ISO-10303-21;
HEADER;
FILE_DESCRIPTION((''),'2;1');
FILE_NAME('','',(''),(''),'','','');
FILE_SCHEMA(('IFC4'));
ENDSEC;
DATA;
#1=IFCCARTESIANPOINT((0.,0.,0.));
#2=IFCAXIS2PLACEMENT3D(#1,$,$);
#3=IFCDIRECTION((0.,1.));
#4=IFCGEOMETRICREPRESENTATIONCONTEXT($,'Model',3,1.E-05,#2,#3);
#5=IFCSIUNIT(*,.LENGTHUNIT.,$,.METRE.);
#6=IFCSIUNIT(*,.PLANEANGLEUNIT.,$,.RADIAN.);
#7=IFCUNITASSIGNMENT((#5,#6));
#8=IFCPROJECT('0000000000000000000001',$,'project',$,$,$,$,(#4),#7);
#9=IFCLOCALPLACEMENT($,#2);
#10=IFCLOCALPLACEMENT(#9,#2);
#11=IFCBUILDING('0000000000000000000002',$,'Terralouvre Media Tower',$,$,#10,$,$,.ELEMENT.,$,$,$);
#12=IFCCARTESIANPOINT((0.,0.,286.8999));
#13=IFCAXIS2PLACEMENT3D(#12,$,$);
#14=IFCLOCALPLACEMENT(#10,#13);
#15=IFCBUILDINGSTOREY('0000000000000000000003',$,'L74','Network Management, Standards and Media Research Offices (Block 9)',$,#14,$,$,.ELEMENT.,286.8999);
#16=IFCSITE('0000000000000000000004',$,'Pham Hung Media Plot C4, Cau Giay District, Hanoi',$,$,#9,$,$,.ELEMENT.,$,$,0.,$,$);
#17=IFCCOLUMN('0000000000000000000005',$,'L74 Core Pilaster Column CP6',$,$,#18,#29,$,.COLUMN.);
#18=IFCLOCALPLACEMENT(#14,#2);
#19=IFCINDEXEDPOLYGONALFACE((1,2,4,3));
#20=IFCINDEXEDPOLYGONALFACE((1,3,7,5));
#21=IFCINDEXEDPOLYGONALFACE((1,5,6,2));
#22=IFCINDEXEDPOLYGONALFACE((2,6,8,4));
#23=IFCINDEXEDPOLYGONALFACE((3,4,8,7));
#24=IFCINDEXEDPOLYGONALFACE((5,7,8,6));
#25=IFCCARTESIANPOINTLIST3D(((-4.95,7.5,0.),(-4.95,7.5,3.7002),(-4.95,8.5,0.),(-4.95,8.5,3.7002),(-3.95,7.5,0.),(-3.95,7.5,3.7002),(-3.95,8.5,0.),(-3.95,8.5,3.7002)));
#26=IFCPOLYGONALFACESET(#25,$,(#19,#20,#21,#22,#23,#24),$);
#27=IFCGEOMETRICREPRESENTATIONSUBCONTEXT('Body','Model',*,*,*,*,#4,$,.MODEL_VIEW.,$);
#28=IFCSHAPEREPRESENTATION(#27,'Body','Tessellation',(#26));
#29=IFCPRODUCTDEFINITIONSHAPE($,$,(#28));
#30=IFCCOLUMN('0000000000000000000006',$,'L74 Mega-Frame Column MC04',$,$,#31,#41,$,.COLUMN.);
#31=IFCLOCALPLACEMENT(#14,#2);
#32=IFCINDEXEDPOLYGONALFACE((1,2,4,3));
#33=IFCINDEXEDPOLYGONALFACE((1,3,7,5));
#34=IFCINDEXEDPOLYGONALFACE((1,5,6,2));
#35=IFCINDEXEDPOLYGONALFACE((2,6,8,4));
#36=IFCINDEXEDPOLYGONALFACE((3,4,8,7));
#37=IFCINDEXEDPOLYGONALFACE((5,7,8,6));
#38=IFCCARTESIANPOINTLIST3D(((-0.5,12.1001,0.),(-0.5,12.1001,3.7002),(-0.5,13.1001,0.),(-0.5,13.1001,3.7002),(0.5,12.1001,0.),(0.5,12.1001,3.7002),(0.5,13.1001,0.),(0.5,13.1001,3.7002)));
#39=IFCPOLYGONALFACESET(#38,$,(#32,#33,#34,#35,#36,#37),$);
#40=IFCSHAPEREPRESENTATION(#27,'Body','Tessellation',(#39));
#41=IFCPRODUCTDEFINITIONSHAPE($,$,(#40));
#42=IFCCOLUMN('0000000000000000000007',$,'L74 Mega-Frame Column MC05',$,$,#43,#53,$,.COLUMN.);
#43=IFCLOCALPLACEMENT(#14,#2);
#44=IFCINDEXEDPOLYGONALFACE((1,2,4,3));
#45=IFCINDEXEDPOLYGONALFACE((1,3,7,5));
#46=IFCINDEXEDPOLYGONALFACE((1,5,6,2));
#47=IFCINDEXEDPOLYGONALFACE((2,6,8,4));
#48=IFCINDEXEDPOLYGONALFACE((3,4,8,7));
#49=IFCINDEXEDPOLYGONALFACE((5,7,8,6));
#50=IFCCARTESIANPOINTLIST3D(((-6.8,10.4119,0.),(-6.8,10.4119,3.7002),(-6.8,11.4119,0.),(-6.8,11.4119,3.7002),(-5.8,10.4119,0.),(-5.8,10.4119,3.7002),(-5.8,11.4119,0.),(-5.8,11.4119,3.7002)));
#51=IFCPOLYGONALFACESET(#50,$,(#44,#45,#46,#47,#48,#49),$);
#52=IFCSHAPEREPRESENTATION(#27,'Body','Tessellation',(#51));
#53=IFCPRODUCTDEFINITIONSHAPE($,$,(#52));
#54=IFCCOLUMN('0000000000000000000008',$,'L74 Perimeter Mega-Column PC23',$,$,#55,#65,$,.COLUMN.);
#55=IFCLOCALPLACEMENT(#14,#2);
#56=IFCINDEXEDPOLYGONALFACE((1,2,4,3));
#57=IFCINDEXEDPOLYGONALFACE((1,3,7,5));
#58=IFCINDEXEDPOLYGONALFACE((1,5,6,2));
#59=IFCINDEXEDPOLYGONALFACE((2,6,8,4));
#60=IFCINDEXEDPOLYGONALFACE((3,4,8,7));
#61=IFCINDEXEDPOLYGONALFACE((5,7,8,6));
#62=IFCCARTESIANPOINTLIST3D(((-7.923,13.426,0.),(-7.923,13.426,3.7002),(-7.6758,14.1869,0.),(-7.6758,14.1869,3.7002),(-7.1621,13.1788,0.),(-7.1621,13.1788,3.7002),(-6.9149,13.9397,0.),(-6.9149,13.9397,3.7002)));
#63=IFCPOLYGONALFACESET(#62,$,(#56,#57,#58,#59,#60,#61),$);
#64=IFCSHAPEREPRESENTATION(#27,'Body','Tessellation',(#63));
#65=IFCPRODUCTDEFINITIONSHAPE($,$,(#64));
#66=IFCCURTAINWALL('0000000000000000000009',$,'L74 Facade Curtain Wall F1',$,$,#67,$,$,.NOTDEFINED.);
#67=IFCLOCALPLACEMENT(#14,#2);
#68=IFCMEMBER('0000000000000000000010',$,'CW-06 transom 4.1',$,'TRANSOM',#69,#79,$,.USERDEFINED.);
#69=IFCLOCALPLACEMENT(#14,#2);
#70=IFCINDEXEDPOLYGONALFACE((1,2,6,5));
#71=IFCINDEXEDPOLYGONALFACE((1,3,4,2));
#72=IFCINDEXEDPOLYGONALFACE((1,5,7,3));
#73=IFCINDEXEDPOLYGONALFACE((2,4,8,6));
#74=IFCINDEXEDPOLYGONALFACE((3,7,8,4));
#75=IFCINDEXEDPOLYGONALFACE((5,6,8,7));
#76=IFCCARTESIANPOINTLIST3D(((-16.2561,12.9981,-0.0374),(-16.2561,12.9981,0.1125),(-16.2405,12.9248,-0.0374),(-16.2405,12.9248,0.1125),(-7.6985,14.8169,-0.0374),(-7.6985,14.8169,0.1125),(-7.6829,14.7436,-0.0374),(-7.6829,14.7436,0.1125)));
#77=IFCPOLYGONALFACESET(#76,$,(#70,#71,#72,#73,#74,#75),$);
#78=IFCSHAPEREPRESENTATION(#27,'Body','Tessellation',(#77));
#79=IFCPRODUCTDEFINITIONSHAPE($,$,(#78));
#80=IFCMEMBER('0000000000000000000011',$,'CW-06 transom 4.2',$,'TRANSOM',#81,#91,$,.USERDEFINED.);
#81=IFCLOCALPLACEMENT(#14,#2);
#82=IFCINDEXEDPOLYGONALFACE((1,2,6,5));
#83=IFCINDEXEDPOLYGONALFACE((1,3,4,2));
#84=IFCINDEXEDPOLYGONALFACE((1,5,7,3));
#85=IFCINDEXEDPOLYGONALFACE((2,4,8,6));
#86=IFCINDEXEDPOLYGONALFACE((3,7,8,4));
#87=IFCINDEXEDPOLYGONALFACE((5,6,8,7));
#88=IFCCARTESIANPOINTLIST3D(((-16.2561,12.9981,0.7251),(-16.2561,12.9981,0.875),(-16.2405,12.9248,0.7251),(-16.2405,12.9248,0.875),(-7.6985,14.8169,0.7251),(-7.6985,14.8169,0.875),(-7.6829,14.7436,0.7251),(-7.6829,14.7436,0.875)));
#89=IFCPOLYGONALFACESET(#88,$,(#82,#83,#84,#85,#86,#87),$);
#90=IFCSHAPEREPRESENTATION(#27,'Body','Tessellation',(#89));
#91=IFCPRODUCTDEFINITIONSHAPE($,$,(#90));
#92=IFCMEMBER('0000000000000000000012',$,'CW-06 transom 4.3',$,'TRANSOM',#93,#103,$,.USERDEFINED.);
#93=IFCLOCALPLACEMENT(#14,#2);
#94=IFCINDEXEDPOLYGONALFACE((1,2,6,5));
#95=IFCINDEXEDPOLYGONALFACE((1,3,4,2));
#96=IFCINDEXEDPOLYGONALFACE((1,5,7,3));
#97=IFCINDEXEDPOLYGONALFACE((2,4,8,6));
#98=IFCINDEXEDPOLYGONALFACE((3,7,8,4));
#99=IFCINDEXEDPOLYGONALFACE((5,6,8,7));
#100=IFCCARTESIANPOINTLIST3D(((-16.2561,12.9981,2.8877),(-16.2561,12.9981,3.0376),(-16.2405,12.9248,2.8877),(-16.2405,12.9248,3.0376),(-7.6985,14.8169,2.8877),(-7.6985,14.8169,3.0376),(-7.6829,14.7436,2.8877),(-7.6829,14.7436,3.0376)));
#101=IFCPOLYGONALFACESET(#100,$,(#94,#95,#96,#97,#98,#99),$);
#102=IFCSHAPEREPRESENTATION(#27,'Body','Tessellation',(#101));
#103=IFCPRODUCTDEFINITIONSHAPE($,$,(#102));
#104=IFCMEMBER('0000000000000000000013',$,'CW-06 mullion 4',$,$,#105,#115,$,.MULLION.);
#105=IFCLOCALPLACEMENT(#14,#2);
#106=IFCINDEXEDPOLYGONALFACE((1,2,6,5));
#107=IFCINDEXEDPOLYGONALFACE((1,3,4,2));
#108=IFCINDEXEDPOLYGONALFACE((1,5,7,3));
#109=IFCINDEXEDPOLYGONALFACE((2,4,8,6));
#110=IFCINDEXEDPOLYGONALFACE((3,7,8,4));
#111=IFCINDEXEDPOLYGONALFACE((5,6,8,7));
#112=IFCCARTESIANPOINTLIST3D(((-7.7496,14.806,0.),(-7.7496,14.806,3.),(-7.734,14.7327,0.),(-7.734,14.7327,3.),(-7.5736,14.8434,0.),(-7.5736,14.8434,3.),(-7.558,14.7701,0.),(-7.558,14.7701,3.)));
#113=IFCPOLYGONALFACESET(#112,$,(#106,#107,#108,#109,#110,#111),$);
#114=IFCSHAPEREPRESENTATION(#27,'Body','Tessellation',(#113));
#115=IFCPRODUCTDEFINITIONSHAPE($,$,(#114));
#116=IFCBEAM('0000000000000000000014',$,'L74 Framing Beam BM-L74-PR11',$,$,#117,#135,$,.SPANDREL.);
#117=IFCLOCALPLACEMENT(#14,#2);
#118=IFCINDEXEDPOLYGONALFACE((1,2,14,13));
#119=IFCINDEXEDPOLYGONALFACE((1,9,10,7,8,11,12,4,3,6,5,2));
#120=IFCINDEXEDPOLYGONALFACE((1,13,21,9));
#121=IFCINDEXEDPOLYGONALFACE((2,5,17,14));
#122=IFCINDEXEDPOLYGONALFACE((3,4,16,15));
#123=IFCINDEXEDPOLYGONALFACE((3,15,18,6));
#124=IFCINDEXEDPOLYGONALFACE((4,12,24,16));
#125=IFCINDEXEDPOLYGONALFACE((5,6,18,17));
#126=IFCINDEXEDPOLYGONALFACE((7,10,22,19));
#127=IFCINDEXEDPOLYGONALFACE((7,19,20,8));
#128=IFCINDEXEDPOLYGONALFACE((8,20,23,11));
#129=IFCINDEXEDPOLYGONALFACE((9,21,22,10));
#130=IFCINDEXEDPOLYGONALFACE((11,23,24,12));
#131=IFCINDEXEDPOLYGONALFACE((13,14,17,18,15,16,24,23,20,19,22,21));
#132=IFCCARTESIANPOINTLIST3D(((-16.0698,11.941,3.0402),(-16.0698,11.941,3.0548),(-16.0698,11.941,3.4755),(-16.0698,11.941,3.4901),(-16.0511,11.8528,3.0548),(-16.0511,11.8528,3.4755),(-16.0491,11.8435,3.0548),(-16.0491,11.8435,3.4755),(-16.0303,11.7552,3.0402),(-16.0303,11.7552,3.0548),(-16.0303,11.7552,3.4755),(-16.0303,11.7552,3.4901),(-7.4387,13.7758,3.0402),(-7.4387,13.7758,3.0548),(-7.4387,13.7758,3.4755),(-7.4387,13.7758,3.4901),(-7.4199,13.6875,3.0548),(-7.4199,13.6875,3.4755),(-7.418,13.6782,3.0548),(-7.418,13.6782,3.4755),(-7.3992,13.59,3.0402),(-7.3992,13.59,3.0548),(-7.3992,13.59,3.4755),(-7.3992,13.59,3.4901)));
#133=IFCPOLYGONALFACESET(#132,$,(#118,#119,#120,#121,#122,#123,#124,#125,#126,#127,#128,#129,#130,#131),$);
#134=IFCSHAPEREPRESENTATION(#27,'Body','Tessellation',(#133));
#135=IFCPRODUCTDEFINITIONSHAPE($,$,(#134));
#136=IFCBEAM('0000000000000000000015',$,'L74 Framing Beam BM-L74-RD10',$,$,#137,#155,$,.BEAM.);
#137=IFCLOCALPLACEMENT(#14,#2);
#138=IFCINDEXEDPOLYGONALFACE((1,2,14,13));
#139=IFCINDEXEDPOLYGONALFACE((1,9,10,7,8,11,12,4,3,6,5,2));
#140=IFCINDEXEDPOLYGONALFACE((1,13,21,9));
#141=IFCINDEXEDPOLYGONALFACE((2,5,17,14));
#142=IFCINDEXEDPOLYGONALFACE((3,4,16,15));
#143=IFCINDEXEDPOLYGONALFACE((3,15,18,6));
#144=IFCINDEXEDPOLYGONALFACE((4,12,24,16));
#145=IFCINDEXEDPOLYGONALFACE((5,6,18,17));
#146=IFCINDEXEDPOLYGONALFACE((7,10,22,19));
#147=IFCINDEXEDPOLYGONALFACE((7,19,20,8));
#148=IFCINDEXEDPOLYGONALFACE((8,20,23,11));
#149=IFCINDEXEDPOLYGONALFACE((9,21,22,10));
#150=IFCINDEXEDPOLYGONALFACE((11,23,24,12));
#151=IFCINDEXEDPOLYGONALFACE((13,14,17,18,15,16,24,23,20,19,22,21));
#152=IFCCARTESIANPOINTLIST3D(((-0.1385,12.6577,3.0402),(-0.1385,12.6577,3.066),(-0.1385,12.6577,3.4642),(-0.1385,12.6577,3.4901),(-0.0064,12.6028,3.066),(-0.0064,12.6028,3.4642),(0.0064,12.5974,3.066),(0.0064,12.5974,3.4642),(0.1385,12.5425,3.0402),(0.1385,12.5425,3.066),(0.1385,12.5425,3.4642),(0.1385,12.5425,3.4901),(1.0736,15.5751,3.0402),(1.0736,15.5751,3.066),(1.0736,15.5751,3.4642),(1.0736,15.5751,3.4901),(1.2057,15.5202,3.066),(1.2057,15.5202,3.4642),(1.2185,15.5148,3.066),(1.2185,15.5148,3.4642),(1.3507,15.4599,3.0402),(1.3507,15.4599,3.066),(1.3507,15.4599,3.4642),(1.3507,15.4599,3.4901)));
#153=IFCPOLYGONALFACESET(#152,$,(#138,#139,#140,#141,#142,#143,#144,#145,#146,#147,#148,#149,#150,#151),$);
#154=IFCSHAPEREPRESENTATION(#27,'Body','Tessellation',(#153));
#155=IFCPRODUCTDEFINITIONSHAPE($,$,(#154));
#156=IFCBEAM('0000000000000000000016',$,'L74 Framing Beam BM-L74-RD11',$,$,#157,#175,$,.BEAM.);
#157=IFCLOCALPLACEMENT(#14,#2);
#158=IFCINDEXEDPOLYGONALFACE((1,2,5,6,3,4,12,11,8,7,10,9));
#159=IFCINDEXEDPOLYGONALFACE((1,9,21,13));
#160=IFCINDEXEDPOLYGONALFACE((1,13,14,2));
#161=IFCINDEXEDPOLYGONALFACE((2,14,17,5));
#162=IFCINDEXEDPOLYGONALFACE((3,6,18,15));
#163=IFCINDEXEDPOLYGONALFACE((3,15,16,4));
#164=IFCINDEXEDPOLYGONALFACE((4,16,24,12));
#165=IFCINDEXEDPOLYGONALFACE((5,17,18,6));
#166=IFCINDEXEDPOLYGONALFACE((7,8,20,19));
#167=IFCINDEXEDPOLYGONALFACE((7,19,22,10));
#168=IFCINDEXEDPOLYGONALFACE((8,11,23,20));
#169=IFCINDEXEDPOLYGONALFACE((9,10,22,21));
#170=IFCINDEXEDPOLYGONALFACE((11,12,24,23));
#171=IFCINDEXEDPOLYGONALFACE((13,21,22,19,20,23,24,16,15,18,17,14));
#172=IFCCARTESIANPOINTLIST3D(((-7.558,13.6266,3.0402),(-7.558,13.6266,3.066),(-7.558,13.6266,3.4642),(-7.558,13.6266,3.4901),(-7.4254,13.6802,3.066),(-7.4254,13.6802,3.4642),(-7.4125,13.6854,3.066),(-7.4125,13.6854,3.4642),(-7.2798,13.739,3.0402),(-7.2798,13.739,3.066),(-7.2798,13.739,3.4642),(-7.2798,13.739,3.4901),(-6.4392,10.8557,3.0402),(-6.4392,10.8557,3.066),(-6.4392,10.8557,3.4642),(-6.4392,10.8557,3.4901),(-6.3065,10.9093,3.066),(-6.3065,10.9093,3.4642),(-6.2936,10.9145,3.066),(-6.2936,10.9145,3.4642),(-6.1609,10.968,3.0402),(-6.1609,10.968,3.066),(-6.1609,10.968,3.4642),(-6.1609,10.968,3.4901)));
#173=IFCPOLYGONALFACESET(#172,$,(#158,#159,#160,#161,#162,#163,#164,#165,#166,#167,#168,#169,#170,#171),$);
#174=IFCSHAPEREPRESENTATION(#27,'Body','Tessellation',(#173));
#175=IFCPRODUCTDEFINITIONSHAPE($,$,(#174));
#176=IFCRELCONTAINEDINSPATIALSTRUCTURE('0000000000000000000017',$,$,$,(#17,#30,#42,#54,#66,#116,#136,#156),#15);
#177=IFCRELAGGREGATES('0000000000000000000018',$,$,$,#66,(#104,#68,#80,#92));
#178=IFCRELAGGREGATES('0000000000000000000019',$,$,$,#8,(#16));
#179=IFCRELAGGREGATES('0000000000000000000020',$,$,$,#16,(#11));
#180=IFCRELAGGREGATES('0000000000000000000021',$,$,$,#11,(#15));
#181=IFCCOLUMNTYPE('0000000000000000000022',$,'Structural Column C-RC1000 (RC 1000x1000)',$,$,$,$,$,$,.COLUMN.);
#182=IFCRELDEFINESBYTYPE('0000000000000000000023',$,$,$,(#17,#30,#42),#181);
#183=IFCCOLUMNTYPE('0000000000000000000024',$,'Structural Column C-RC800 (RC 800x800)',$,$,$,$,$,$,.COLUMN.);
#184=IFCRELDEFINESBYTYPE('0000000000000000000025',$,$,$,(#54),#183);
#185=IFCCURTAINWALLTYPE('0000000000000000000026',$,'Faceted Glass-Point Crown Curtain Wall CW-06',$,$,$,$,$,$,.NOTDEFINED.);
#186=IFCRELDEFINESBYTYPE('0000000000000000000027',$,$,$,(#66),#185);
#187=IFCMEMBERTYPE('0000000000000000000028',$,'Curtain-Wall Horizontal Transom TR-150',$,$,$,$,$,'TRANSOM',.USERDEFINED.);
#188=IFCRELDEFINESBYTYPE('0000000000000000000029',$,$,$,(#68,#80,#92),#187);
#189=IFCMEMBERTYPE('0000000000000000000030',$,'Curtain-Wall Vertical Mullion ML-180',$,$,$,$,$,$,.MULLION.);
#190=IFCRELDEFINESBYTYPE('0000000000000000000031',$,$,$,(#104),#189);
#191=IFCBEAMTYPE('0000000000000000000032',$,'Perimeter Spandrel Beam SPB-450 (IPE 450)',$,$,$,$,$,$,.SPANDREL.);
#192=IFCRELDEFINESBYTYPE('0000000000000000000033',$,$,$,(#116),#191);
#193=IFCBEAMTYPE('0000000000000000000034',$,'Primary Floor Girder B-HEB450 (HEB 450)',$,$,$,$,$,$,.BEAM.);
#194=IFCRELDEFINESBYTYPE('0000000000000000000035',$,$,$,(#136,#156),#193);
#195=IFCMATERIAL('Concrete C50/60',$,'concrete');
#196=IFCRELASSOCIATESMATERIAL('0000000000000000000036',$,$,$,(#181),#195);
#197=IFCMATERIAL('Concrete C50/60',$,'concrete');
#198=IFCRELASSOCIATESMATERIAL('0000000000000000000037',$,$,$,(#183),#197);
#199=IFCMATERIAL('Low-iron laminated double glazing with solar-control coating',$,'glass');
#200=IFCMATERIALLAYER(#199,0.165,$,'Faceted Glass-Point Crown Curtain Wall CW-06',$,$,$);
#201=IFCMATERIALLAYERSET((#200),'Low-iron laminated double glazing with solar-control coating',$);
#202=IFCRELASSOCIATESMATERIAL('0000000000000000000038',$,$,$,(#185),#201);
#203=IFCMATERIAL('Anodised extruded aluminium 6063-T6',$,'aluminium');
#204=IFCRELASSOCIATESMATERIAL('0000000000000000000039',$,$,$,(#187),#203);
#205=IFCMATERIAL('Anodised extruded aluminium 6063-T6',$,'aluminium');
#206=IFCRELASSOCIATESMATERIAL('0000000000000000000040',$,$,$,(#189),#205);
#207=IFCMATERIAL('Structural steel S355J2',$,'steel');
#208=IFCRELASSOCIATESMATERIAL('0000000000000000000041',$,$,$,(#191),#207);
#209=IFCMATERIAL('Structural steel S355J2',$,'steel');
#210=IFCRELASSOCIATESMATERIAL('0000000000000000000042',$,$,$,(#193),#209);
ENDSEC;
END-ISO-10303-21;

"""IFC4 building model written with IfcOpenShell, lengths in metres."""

from ifc_helpers import new_model, si_unit, direction, frame, origin, origin_2d, place, context, subcontext, project, spatial, rectangle, i_section, extrude, material, layer, layer_set, material_profile, profile_set, type_object, element, aggregate, save


model = new_model("IFC4")

# Units and contexts
model_context = context("Model", 3, precision=1e-05, world=origin(), true_north=direction((0.0, 1.0)))
body_context = subcontext(model_context, "Body", "Model", "MODEL_VIEW")
ifc_project = project(units=[si_unit("LENGTHUNIT", "METRE"), si_unit("PLANEANGLEUNIT", "RADIAN")], contexts=[model_context])

# Site, building, storey
site_placement = place(None, origin())
site = spatial("IfcSite", under=ifc_project, at=site_placement, Name="Pham Hung Media Plot C4, Cau Giay District, Hanoi", CompositionType="ELEMENT", RefElevation=0.0)
building_placement = place(site_placement, origin())
building = spatial("IfcBuilding", under=site, at=building_placement, Name="Terralouvre Media Tower", CompositionType="ELEMENT")
storey_placement = place(building_placement, frame((0.0, 0.0, 286.8999)))
storey = spatial("IfcBuildingStorey", under=building, at=storey_placement, Name="L74", Description="Network Management, Standards and Media Research Offices (Block 9)", CompositionType="ELEMENT", Elevation=286.8999)

# Columns
ifc_material_1 = material(Name="Concrete C50/60", Category="concrete")
ifc_material_profile_1 = material_profile(ifc_material_1, rectangle(XDim=1.0, YDim=1.0, at=origin_2d()), Name="RC 1000x1000")
ifc_profile_set_1 = profile_set([ifc_material_profile_1], Name="Concrete C50/60")
column_type_1 = type_object("IfcColumnType", Name="Structural Column C-RC1000 (RC 1000x1000)", PredefinedType="COLUMN", material=ifc_profile_set_1)
for number, where, z_axis, x_axis, name in (
    (1, (-4.45, 8.0, 0.0), (0.0, 0.0, 1.0), (1.0, 0.0, 0.0), "L74 Core Pilaster Column CP6"),
    (2, (0.0, 12.6001, 0.0), (0.0, 0.0, 1.0), (1.0, 0.0, 0.0), "L74 Mega-Frame Column MC04"),
    (3, (-6.3, 10.9119, 0.0), (0.0, 0.0, 1.0), (1.0, 0.0, 0.0), "L74 Mega-Frame Column MC05"),
):
    element("IfcColumn", number, at=place(storey_placement, frame(where, z_axis=z_axis, x_axis=x_axis)), inside=storey, type_object=column_type_1, Name=name, PredefinedType="COLUMN", context=body_context, shape_type="SweptSolid", body=[
        extrude(rectangle(XDim=1.0, YDim=1.0, at=origin_2d()), origin(), (0.0, 0.0, 1.0), 3.7002),
    ])
ifc_material_2 = material(Name="Concrete C50/60", Category="concrete")
ifc_material_profile_2 = material_profile(ifc_material_2, rectangle(XDim=0.8, YDim=0.8, at=origin_2d()), Name="RC 800x800")
ifc_profile_set_2 = profile_set([ifc_material_profile_2], Name="Concrete C50/60")
column_type_2 = type_object("IfcColumnType", Name="Structural Column C-RC800 (RC 800x800)", PredefinedType="COLUMN", material=ifc_profile_set_2)
column_placement = place(storey_placement, frame((-7.4189, 13.6829, 0.0), z_axis=(0.0, 0.0, 1.0), x_axis=(0.309017, 0.951057, 0.0)))
element("IfcColumn", 4, at=column_placement, inside=storey, type_object=column_type_2, Name="L74 Perimeter Mega-Column PC23", PredefinedType="COLUMN", context=body_context, shape_type="SweptSolid", body=[
    extrude(rectangle(XDim=0.8, YDim=0.8, at=origin_2d()), origin(), (0.0, 0.0, 1.0), 3.7002),
])

# Curtain wall, members
ifc_material_3 = material(Name="Low-iron laminated double glazing with solar-control coating", Category="glass")
ifc_layer_1 = layer(ifc_material_3, 0.165, Name="Faceted Glass-Point Crown Curtain Wall CW-06")
ifc_layer_set_1 = layer_set([ifc_layer_1], Name="Low-iron laminated double glazing with solar-control coating")
curtain_wall_type = type_object("IfcCurtainWallType", Name="Faceted Glass-Point Crown Curtain Wall CW-06", PredefinedType="NOTDEFINED", material=ifc_layer_set_1)
curtain_wall_placement = place(storey_placement, origin())
curtain_wall = element("IfcCurtainWall", 5, at=curtain_wall_placement, inside=storey, type_object=curtain_wall_type, Name="L74 Facade Curtain Wall F1", PredefinedType="NOTDEFINED")
ifc_material_4 = material(Name="Anodised extruded aluminium 6063-T6", Category="aluminium")
ifc_material_profile_3 = material_profile(ifc_material_4, rectangle(XDim=0.075, YDim=0.1499, at=origin_2d()), Name="ALU 75x150")
ifc_profile_set_3 = profile_set([ifc_material_profile_3], Name="Anodised extruded aluminium 6063-T6")
member_type_1 = type_object("IfcMemberType", Name="Curtain-Wall Horizontal Transom TR-150", ElementType="TRANSOM", PredefinedType="USERDEFINED", material=ifc_profile_set_3)
member_1_placement = place(storey_placement, frame((-7.6907, 14.7803, 0.0376), z_axis=(-0.978151, -0.207897, 0.0), x_axis=(0.207897, -0.978151, 0.0)))
member_1 = element("IfcMember", 6, at=member_1_placement, type_object=member_type_1, Name="CW-06 transom 4.1", ObjectType="TRANSOM", PredefinedType="USERDEFINED", context=body_context, shape_type="SweptSolid", body=[
    extrude(rectangle(XDim=0.075, YDim=0.1499, at=origin_2d()), origin(), (0.0, 0.0, 1.0), 8.7488),
])
member_2_placement = place(storey_placement, frame((-7.6907, 14.7803, 0.8), z_axis=(-0.978151, -0.207897, 0.0), x_axis=(0.207897, -0.978151, 0.0)))
member_2 = element("IfcMember", 7, at=member_2_placement, type_object=member_type_1, Name="CW-06 transom 4.2", ObjectType="TRANSOM", PredefinedType="USERDEFINED", context=body_context, shape_type="SweptSolid", body=[
    extrude(rectangle(XDim=0.075, YDim=0.1499, at=origin_2d()), origin(), (0.0, 0.0, 1.0), 8.7488),
])
member_3_placement = place(storey_placement, frame((-7.6907, 14.7803, 2.9626), z_axis=(-0.978151, -0.207897, 0.0), x_axis=(0.207897, -0.978151, 0.0)))
member_3 = element("IfcMember", 8, at=member_3_placement, type_object=member_type_1, Name="CW-06 transom 4.3", ObjectType="TRANSOM", PredefinedType="USERDEFINED", context=body_context, shape_type="SweptSolid", body=[
    extrude(rectangle(XDim=0.075, YDim=0.1499, at=origin_2d()), origin(), (0.0, 0.0, 1.0), 8.7488),
])
ifc_material_5 = material(Name="Anodised extruded aluminium 6063-T6", Category="aluminium")
ifc_material_profile_4 = material_profile(ifc_material_5, rectangle(XDim=0.075, YDim=0.1799, at=origin_2d()), Name="ALU 75x180")
ifc_profile_set_4 = profile_set([ifc_material_profile_4], Name="Anodised extruded aluminium 6063-T6")
member_type_2 = type_object("IfcMemberType", Name="Curtain-Wall Vertical Mullion ML-180", PredefinedType="MULLION", material=ifc_profile_set_4)
member_4_placement = place(storey_placement, frame((-7.6538, 14.7881, 0.0), z_axis=(0.0, 0.0, 1.0), x_axis=(0.207912, -0.978148, 0.0)))
member_4 = element("IfcMember", 9, at=member_4_placement, type_object=member_type_2, Name="CW-06 mullion 4", PredefinedType="MULLION", context=body_context, shape_type="SweptSolid", body=[
    extrude(rectangle(XDim=0.075, YDim=0.1799, at=origin_2d()), origin(), (0.0, 0.0, 1.0), 3.0),
])

# Beams
ifc_material_6 = material(Name="Structural steel S355J2", Category="steel")
ifc_material_profile_5 = material_profile(ifc_material_6, i_section(OverallWidth=0.1899, OverallDepth=0.45, WebThickness=0.0095, FlangeThickness=0.0146, at=origin_2d()), Name="IPE 450")
ifc_profile_set_5 = profile_set([ifc_material_profile_5], Name="Structural steel S355J2")
beam_type_1 = type_object("IfcBeamType", Name="Perimeter Spandrel Beam SPB-450 (IPE 450)", PredefinedType="SPANDREL", material=ifc_profile_set_5)
beam_1_placement = place(storey_placement, frame((-7.4189, 13.6829, 3.2651), z_axis=(-0.978145, -0.207925, 0.0), x_axis=(0.207925, -0.978145, 0.0)))
element("IfcBeam", 10, at=beam_1_placement, inside=storey, type_object=beam_type_1, Name="L74 Framing Beam BM-L74-PR11", PredefinedType="SPANDREL", context=body_context, shape_type="SweptSolid", body=[
    extrude(i_section(OverallWidth=0.1899, OverallDepth=0.45, WebThickness=0.0095, FlangeThickness=0.0146, at=origin_2d()), origin(), (0.0, 0.0, 1.0), 8.824),
])
ifc_material_7 = material(Name="Structural steel S355J2", Category="steel")
ifc_material_profile_6 = material_profile(ifc_material_7, i_section(OverallWidth=0.3, OverallDepth=0.45, WebThickness=0.0139, FlangeThickness=0.0259, at=origin_2d()), Name="HEB 450")
ifc_profile_set_6 = profile_set([ifc_material_profile_6], Name="Structural steel S355J2")
beam_type_2 = type_object("IfcBeamType", Name="Primary Floor Girder B-HEB450 (HEB 450)", PredefinedType="BEAM", material=ifc_profile_set_6)
beam_2_placement = place(storey_placement, frame((0.0, 12.6001, 3.2651), z_axis=(0.383682, 0.923465, 0.0), x_axis=(-0.923465, 0.383682, 0.0)))
element("IfcBeam", 11, at=beam_2_placement, inside=storey, type_object=beam_type_2, Name="L74 Framing Beam BM-L74-RD10", PredefinedType="BEAM", context=body_context, shape_type="SweptSolid", body=[
    extrude(i_section(OverallWidth=0.3, OverallDepth=0.45, WebThickness=0.0139, FlangeThickness=0.0259, at=origin_2d()), origin(), (0.0, 0.0, 1.0), 3.1592),
])
beam_3_placement = place(storey_placement, frame((-6.3, 10.9119, 3.2651), z_axis=(-0.374417, 0.92726, 0.0), x_axis=(-0.92726, -0.374417, 0.0)))
element("IfcBeam", 12, at=beam_3_placement, inside=storey, type_object=beam_type_2, Name="L74 Framing Beam BM-L74-RD11", PredefinedType="BEAM", context=body_context, shape_type="SweptSolid", body=[
    extrude(i_section(OverallWidth=0.3, OverallDepth=0.45, WebThickness=0.0139, FlangeThickness=0.0259, at=origin_2d()), origin(), (0.0, 0.0, 1.0), 2.9883),
])

aggregate(curtain_wall, [member_4, member_1, member_2, member_3])

save(model, "model.ifc")
